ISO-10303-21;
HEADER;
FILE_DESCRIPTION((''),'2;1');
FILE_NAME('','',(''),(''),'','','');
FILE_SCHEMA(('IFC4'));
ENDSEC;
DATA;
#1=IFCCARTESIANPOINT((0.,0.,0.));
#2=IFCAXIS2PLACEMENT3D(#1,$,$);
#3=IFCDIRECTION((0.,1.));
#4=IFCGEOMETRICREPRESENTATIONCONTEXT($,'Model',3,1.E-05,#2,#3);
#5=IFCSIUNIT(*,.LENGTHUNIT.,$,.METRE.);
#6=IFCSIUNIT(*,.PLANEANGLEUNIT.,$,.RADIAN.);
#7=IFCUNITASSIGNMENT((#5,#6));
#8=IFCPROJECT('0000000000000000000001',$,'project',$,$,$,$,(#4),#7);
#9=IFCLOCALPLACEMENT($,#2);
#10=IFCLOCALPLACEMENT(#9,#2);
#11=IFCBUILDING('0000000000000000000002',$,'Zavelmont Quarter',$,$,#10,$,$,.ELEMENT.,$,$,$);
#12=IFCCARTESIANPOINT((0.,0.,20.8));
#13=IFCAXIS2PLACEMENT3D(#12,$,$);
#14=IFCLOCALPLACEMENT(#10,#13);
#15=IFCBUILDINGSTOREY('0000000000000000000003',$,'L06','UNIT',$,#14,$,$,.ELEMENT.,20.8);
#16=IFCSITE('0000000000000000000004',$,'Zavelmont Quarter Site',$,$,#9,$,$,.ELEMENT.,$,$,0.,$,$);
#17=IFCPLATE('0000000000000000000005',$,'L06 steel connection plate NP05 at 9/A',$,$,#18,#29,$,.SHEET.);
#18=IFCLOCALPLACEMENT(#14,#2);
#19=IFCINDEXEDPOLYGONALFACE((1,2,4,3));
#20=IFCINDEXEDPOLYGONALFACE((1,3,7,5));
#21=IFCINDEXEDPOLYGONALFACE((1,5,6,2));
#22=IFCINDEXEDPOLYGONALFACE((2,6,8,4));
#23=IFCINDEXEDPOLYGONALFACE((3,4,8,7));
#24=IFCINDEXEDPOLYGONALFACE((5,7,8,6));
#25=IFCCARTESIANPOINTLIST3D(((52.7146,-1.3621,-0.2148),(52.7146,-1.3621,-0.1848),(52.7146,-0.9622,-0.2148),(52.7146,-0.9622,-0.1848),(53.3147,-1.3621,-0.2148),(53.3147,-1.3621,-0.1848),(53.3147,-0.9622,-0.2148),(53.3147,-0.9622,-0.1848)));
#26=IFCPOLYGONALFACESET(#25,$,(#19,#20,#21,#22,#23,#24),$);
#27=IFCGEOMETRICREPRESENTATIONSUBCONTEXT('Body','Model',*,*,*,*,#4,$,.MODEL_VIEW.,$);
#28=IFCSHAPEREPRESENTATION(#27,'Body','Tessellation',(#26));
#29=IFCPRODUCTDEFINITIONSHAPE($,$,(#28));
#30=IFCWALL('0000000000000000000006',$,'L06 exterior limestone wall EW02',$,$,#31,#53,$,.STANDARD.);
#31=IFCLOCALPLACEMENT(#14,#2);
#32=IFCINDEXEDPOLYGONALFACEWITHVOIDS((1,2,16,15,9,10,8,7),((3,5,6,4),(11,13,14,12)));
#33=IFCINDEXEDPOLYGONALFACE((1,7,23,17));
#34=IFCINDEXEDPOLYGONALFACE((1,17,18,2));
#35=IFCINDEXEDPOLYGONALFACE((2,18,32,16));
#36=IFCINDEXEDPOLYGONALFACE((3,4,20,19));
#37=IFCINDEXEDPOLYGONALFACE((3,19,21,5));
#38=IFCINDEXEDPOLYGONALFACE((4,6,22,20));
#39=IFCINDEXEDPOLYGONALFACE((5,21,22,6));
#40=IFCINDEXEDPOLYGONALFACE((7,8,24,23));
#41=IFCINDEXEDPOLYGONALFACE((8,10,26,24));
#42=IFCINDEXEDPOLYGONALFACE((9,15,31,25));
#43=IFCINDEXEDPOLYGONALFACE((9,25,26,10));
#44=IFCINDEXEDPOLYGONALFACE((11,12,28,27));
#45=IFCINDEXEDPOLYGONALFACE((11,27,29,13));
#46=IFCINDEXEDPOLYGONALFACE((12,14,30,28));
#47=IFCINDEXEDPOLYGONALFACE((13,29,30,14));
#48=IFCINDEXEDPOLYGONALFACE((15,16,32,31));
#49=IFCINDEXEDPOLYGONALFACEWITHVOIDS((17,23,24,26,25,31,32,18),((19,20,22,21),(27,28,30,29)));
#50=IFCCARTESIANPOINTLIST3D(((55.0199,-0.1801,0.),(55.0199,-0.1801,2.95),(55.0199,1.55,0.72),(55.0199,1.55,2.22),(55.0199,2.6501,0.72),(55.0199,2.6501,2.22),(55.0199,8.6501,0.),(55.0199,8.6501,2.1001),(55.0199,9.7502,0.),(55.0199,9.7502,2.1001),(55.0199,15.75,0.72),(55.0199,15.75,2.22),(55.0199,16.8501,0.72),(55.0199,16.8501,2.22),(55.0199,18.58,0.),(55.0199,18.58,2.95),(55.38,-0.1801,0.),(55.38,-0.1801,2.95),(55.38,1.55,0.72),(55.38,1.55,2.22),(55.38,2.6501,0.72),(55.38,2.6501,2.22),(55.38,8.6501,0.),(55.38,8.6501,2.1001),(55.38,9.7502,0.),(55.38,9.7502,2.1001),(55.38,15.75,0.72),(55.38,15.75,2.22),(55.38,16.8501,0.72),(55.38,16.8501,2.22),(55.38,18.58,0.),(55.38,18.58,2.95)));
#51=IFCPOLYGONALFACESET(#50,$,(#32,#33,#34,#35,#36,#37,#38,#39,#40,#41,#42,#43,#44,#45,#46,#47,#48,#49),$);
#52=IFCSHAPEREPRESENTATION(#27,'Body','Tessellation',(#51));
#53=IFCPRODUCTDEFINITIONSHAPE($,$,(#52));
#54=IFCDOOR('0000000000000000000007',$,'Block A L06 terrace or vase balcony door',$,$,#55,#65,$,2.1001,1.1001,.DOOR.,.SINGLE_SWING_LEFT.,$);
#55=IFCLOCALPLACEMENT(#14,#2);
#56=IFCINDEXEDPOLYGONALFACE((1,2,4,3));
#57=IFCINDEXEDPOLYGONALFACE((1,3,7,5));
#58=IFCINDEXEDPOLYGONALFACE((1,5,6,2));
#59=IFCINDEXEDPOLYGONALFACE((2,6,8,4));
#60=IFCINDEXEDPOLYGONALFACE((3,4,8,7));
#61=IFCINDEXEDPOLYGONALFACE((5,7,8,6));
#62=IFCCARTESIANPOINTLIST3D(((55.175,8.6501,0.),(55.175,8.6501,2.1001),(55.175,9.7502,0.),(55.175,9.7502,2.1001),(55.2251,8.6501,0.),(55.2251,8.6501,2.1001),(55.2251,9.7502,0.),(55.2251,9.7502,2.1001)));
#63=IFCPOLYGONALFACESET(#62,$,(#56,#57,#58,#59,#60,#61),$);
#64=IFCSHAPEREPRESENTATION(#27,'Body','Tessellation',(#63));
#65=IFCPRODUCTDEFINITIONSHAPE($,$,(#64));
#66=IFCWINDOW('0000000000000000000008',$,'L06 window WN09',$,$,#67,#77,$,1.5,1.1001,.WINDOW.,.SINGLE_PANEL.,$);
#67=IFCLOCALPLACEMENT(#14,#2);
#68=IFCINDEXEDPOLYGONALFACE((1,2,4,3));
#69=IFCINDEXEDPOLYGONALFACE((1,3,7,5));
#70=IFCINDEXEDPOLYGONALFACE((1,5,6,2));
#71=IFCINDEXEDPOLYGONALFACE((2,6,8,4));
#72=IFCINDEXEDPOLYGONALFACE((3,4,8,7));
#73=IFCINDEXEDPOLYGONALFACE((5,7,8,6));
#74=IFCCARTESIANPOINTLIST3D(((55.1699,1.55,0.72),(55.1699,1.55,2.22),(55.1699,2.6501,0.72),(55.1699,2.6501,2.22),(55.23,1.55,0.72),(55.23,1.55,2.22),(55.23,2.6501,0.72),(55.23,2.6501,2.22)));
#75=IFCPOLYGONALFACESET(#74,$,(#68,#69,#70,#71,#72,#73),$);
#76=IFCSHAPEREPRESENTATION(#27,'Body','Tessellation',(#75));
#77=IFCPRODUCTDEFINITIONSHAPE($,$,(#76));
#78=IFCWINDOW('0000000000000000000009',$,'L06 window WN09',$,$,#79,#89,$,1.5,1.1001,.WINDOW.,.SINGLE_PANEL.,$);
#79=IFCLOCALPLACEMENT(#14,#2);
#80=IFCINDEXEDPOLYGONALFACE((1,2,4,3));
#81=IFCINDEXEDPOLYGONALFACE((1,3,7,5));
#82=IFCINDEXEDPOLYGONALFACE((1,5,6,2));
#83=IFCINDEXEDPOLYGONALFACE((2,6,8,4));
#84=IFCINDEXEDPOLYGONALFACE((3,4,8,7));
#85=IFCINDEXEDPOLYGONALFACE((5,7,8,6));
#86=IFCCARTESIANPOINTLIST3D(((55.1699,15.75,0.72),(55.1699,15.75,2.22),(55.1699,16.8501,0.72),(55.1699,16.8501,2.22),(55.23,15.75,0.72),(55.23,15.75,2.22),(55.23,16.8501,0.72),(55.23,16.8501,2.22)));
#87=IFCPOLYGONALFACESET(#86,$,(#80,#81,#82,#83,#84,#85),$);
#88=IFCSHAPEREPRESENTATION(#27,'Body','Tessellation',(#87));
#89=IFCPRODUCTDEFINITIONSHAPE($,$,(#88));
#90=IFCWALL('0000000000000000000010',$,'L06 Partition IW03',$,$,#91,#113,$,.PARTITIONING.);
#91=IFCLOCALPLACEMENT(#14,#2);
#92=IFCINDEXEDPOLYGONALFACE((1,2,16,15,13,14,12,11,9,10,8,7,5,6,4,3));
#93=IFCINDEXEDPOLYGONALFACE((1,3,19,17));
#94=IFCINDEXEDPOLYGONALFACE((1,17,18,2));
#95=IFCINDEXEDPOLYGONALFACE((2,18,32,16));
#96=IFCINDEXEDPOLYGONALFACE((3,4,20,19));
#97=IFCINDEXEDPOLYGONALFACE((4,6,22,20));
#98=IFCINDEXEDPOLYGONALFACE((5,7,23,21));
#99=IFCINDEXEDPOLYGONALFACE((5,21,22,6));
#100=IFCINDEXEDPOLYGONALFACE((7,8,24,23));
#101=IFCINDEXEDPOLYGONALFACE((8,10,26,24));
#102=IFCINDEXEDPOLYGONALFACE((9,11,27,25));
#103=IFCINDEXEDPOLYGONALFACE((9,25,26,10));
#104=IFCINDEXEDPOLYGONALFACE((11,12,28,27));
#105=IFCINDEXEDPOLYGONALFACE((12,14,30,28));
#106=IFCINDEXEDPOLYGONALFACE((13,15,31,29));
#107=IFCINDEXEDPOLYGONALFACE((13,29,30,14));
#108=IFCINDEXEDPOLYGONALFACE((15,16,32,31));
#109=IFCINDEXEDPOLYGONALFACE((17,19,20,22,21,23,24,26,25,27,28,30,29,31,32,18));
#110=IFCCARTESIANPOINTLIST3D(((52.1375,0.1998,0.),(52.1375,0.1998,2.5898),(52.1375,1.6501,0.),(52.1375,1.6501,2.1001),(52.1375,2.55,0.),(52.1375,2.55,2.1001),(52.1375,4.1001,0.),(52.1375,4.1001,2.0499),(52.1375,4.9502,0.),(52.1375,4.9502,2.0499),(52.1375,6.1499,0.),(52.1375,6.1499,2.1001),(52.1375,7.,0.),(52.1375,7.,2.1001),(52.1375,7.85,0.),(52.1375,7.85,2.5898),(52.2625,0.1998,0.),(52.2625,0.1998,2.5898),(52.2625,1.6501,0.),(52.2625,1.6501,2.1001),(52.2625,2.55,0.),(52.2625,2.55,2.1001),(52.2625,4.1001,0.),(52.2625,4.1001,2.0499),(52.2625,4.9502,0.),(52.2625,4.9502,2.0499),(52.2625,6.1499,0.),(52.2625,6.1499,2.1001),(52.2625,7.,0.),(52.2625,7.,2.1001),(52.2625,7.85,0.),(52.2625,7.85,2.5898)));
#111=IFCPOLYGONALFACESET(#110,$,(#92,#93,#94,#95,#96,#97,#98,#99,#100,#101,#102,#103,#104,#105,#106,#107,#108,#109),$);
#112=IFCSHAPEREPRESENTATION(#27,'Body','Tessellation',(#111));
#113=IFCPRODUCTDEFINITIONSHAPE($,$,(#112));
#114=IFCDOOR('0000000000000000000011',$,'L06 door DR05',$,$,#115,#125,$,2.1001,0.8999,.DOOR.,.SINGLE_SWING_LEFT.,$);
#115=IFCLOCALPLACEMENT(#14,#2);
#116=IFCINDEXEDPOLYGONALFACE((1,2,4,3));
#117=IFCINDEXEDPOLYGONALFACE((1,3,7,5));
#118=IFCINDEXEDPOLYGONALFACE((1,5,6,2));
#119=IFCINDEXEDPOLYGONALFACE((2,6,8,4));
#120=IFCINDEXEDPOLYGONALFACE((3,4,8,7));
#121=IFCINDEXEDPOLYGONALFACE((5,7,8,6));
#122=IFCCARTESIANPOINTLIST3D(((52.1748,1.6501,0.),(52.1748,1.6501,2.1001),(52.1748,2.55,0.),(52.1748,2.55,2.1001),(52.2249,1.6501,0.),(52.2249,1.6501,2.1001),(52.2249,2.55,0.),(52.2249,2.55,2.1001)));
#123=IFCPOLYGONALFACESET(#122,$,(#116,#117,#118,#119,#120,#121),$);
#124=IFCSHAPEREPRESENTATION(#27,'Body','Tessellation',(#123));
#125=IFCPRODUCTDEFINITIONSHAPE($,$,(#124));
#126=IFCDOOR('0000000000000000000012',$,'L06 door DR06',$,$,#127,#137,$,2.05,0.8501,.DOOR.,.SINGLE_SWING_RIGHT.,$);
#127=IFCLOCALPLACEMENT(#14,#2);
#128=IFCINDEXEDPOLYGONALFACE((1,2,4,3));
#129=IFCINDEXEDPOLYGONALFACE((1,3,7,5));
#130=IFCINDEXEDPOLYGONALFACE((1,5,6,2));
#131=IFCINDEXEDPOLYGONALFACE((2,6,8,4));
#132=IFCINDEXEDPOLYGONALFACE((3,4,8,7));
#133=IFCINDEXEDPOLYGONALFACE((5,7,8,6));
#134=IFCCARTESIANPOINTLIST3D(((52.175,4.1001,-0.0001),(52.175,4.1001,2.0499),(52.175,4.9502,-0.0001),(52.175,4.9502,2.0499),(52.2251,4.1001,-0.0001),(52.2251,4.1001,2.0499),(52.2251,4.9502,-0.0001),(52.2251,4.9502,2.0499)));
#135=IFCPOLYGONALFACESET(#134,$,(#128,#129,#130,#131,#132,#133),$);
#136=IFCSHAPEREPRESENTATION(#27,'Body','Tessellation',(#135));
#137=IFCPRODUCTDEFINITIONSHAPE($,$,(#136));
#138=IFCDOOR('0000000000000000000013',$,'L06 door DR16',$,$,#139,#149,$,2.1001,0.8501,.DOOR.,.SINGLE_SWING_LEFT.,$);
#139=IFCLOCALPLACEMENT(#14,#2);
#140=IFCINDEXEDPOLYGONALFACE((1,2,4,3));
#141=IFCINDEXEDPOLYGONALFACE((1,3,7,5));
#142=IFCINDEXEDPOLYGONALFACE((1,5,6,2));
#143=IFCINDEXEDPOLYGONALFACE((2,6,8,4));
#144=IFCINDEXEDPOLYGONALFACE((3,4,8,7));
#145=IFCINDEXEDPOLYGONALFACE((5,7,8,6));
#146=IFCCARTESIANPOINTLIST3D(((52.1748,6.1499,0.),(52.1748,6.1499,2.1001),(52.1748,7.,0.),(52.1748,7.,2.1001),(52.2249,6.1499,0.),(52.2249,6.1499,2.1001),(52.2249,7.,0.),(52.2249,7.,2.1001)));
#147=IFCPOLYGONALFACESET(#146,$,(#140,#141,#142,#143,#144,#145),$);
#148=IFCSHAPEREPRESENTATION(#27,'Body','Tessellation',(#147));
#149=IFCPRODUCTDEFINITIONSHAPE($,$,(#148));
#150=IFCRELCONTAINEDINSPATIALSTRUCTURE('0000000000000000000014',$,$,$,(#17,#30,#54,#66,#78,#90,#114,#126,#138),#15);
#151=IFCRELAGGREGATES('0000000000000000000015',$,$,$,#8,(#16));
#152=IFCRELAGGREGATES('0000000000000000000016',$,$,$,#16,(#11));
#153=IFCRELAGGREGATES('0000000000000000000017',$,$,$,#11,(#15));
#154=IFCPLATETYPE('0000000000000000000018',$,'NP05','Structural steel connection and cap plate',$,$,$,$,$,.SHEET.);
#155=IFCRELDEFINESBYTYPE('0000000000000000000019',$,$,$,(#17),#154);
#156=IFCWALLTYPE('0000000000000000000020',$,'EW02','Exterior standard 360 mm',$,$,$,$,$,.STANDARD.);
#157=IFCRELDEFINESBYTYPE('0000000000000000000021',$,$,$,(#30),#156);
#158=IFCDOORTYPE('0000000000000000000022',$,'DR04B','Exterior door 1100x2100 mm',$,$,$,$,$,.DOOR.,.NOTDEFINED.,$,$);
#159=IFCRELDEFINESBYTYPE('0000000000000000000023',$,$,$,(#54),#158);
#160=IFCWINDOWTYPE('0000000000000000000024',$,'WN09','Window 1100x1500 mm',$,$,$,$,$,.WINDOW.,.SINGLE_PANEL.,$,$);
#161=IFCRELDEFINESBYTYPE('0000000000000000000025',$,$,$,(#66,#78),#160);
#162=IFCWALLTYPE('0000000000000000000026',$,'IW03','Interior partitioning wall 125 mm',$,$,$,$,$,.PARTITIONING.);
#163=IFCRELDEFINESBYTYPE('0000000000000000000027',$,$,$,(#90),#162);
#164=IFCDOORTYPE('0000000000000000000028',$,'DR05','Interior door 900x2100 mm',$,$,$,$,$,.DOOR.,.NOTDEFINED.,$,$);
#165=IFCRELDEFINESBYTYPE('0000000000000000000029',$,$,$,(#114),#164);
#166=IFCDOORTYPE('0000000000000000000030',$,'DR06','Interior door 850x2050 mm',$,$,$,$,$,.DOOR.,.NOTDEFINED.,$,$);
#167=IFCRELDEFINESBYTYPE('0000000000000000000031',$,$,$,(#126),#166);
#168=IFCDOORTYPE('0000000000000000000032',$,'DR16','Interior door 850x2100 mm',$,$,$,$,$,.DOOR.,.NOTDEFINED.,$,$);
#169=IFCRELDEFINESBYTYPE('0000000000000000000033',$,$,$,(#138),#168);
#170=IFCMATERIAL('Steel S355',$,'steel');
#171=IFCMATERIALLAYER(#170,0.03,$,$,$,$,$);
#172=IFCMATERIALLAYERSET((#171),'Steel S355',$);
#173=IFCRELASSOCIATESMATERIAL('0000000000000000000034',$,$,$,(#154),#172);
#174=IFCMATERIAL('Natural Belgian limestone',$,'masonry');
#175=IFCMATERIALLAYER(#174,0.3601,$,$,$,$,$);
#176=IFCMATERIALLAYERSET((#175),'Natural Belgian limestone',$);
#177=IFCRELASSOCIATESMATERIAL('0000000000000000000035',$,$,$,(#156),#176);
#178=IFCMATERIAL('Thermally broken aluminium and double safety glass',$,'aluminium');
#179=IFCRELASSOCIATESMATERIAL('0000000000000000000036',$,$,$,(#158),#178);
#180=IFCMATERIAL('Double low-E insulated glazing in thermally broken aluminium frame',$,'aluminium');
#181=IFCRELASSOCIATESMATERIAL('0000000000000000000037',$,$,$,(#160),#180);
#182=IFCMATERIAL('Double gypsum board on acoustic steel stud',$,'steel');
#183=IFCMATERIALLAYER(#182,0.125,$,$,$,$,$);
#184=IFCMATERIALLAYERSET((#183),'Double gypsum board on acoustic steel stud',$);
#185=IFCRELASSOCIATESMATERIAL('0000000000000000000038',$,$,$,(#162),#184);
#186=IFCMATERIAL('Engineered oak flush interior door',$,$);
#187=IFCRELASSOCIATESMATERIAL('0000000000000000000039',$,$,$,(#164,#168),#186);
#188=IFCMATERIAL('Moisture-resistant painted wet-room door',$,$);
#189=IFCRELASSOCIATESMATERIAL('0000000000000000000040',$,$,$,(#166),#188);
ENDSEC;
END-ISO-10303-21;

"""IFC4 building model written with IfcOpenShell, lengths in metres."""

from ifc_helpers import new_model, si_unit, direction, frame, frame_2d, origin, origin_with_axes, origin_2d, place, context, subcontext, project, spatial, rectangle, extrude, material, layer, layer_set, type_object, element, fill, save


model = new_model("IFC4")

# Units and contexts
model_context = context("Model", 3, precision=1e-05, world=origin(), true_north=direction((0.0, 1.0)))
body_context = subcontext(model_context, "Body", "Model", "MODEL_VIEW")
ifc_project = project(units=[si_unit("LENGTHUNIT", "METRE"), si_unit("PLANEANGLEUNIT", "RADIAN")], contexts=[model_context])

# Site, building, storey
site_placement = place(None, origin())
site = spatial("IfcSite", under=ifc_project, at=site_placement, Name="Zavelmont Quarter Site", CompositionType="ELEMENT", RefElevation=0.0)
building_placement = place(site_placement, origin())
building = spatial("IfcBuilding", under=site, at=building_placement, Name="Zavelmont Quarter", CompositionType="ELEMENT")
storey_placement = place(building_placement, frame((0.0, 0.0, 20.8)))
storey = spatial("IfcBuildingStorey", under=building, at=storey_placement, Name="L06", Description="UNIT", CompositionType="ELEMENT", Elevation=20.8)

# Shared definitions
ifc_material_1 = material(Name="Steel S355", Category="steel")

# Plate
ifc_layer_1 = layer(ifc_material_1, 0.03)
ifc_layer_set_1 = layer_set([ifc_layer_1], Name="Steel S355")
plate_type = type_object("IfcPlateType", Name="NP05", Description="Structural steel connection and cap plate", PredefinedType="SHEET", material=ifc_layer_set_1)
plate_placement = place(storey_placement, frame((53.0146, -1.1621, -0.2148), z_axis=(0.0, 0.0, 1.0), x_axis=(1.0, 0.0, 0.0)))
element("IfcPlate", 1, at=plate_placement, inside=storey, type_object=plate_type, Name="L06 steel connection plate NP05 at 9/A", PredefinedType="SHEET", context=body_context, shape_type="SweptSolid", body=[
    extrude(rectangle(XDim=0.6001, YDim=0.3999, at=origin_2d()), origin(), (0.0, 0.0, 1.0), 0.03),
])

# Wall, openings, door, windows
ifc_material_2 = material(Name="Natural Belgian limestone", Category="masonry")
ifc_layer_2 = layer(ifc_material_2, 0.3601)
ifc_layer_set_2 = layer_set([ifc_layer_2], Name="Natural Belgian limestone")
wall_type_1 = type_object("IfcWallType", Name="EW02", Description="Exterior standard 360 mm", PredefinedType="STANDARD", material=ifc_layer_set_2)
wall_1_placement = place(storey_placement, frame((55.2, -0.1799, 0.0), z_axis=(0.0, 0.0, 1.0), x_axis=(0.0, 1.0, 0.0)))
wall_1 = element("IfcWall", 2, at=wall_1_placement, inside=storey, type_object=wall_type_1, Name="L06 exterior limestone wall EW02", PredefinedType="STANDARD", context=body_context, shape_type="SweptSolid", body=[
    extrude(rectangle(XDim=18.76, YDim=0.3601, at=frame_2d((9.3799, 0.0))), origin(), (0.0, 0.0, 1.0), 2.95),
])
opening_1_placement = place(wall_1_placement, frame((8.8301, 0.0, 0.0)))
opening_1 = element("IfcOpeningElement", 3, at=opening_1_placement, cuts=wall_1, PredefinedType="OPENING", context=body_context, shape_type="SweptSolid", body=[
    extrude(rectangle(XDim=1.1001, YDim=2.1001, at=frame_2d((0.55, 1.05))), frame((0.0, 0.1919, 0.0), z_axis=(0.0, -1.0, 0.0), x_axis=(1.0, 0.0, 0.0)), (0.0, 0.0, 1.0), 0.384),
])
opening_2_placement = place(wall_1_placement, frame((1.73, 0.0, 0.72)))
opening_2 = element("IfcOpeningElement", 4, at=opening_2_placement, cuts=wall_1, PredefinedType="OPENING", context=body_context, shape_type="SweptSolid", body=[
    extrude(rectangle(XDim=1.1001, YDim=1.5, at=frame_2d((0.55, 0.75))), frame((0.0, 0.1919, 0.0), z_axis=(0.0, -1.0, 0.0), x_axis=(1.0, 0.0, 0.0)), (0.0, 0.0, 1.0), 0.384),
])
opening_3_placement = place(wall_1_placement, frame((15.9299, 0.0, 0.72)))
opening_3 = element("IfcOpeningElement", 5, at=opening_3_placement, cuts=wall_1, PredefinedType="OPENING", context=body_context, shape_type="SweptSolid", body=[
    extrude(rectangle(XDim=1.1001, YDim=1.5, at=frame_2d((0.55, 0.75))), frame((0.0, 0.1919, 0.0), z_axis=(0.0, -1.0, 0.0), x_axis=(1.0, 0.0, 0.0)), (0.0, 0.0, 1.0), 0.384),
])
ifc_material_3 = material(Name="Thermally broken aluminium and double safety glass", Category="aluminium")
door_type_1 = type_object("IfcDoorType", Name="DR04B", Description="Exterior door 1100x2100 mm", OperationType="NOTDEFINED", PredefinedType="DOOR", material=ifc_material_3)
door_1_placement = place(opening_1_placement, origin_with_axes())
door_1 = element("IfcDoor", 6, at=door_1_placement, inside=storey, type_object=door_type_1, Name="Block A L06 terrace or vase balcony door", OperationType="SINGLE_SWING_LEFT", OverallHeight=2.1001, OverallWidth=1.1001, PredefinedType="DOOR", context=body_context, shape_type="SweptSolid", body=[
    extrude(rectangle(XDim=1.1001, YDim=2.1001, at=frame_2d((0.55, 1.05))), frame((0.0, 0.0249, 0.0), z_axis=(0.0, -1.0, 0.0), x_axis=(1.0, 0.0, 0.0)), (0.0, 0.0, 1.0), 0.05),
])
fill(opening_1, door_1)
ifc_material_4 = material(Name="Double low-E insulated glazing in thermally broken aluminium frame", Category="aluminium")
window_type = type_object("IfcWindowType", Name="WN09", Description="Window 1100x1500 mm", PartitioningType="SINGLE_PANEL", PredefinedType="WINDOW", material=ifc_material_4)
window_1_placement = place(opening_2_placement, origin_with_axes())
window_1 = element("IfcWindow", 7, at=window_1_placement, inside=storey, type_object=window_type, Name="L06 window WN09", OverallHeight=1.5, OverallWidth=1.1001, PartitioningType="SINGLE_PANEL", PredefinedType="WINDOW", context=body_context, shape_type="SweptSolid", body=[
    extrude(rectangle(XDim=1.1001, YDim=1.5, at=frame_2d((0.55, 0.75))), frame((0.0, 0.03, 0.0), z_axis=(0.0, -1.0, 0.0), x_axis=(1.0, 0.0, 0.0)), (0.0, 0.0, 1.0), 0.0601),
])
fill(opening_2, window_1)
window_2_placement = place(opening_3_placement, origin_with_axes())
window_2 = element("IfcWindow", 8, at=window_2_placement, inside=storey, type_object=window_type, Name="L06 window WN09", OverallHeight=1.5, OverallWidth=1.1001, PartitioningType="SINGLE_PANEL", PredefinedType="WINDOW", context=body_context, shape_type="SweptSolid", body=[
    extrude(rectangle(XDim=1.1001, YDim=1.5, at=frame_2d((0.55, 0.75))), frame((0.0, 0.03, 0.0), z_axis=(0.0, -1.0, 0.0), x_axis=(1.0, 0.0, 0.0)), (0.0, 0.0, 1.0), 0.0601),
])
fill(opening_3, window_2)

# Wall, openings, doors
ifc_material_5 = material(Name="Double gypsum board on acoustic steel stud", Category="steel")
ifc_layer_3 = layer(ifc_material_5, 0.125)
ifc_layer_set_3 = layer_set([ifc_layer_3], Name="Double gypsum board on acoustic steel stud")
wall_type_2 = type_object("IfcWallType", Name="IW03", Description="Interior partitioning wall 125 mm", PredefinedType="PARTITIONING", material=ifc_layer_set_3)
wall_2_placement = place(storey_placement, frame((52.2, 7.8501, 0.0), z_axis=(0.0, 0.0, 1.0), x_axis=(0.0, -1.0, 0.0)))
wall_2 = element("IfcWall", 9, at=wall_2_placement, inside=storey, type_object=wall_type_2, Name="L06 Partition IW03", PredefinedType="PARTITIONING", context=body_context, shape_type="SweptSolid", body=[
    extrude(rectangle(XDim=7.6501, YDim=0.125, at=frame_2d((3.8252, 0.0))), origin(), (0.0, 0.0, 1.0), 2.5898),
])
opening_4_placement = place(wall_2_placement, frame((0.8501, 0.0, 0.0)))
opening_4 = element("IfcOpeningElement", 10, at=opening_4_placement, cuts=wall_2, PredefinedType="OPENING", context=body_context, shape_type="SweptSolid", body=[
    extrude(rectangle(XDim=0.8501, YDim=2.1001, at=frame_2d((0.425, 1.05))), frame((0.0, 0.0745, 0.0), z_axis=(0.0, -1.0, 0.0), x_axis=(1.0, 0.0, 0.0)), (0.0, 0.0, 1.0), 0.1489),
])
opening_5_placement = place(wall_2_placement, frame((2.8999, 0.0, 0.0)))
opening_5 = element("IfcOpeningElement", 11, at=opening_5_placement, cuts=wall_2, PredefinedType="OPENING", context=body_context, shape_type="SweptSolid", body=[
    extrude(rectangle(XDim=0.8501, YDim=2.05, at=frame_2d((0.425, 1.0249))), frame((0.0, 0.0745, 0.0), z_axis=(0.0, -1.0, 0.0), x_axis=(1.0, 0.0, 0.0)), (0.0, 0.0, 1.0), 0.1489),
])
opening_6_placement = place(wall_2_placement, frame((5.3, 0.0, 0.0)))
opening_6 = element("IfcOpeningElement", 12, at=opening_6_placement, cuts=wall_2, PredefinedType="OPENING", context=body_context, shape_type="SweptSolid", body=[
    extrude(rectangle(XDim=0.8999, YDim=2.1001, at=frame_2d((0.45, 1.05))), frame((0.0, 0.0745, 0.0), z_axis=(0.0, -1.0, 0.0), x_axis=(1.0, 0.0, 0.0)), (0.0, 0.0, 1.0), 0.1489),
])
ifc_material_6 = material(Name="Engineered oak flush interior door")
door_type_2 = type_object("IfcDoorType", Name="DR05", Description="Interior door 900x2100 mm", OperationType="NOTDEFINED", PredefinedType="DOOR", material=ifc_material_6)
door_2_placement = place(opening_6_placement, origin_with_axes())
door_2 = element("IfcDoor", 13, at=door_2_placement, inside=storey, type_object=door_type_2, Name="L06 door DR05", OperationType="SINGLE_SWING_LEFT", OverallHeight=2.1001, OverallWidth=0.8999, PredefinedType="DOOR", context=body_context, shape_type="SweptSolid", body=[
    extrude(rectangle(XDim=0.8999, YDim=2.1001, at=frame_2d((0.45, 1.05))), frame((0.0, 0.0249, 0.0), z_axis=(0.0, -1.0, 0.0), x_axis=(1.0, 0.0, 0.0)), (0.0, 0.0, 1.0), 0.05),
])
fill(opening_6, door_2)
ifc_material_7 = material(Name="Moisture-resistant painted wet-room door")
door_type_3 = type_object("IfcDoorType", Name="DR06", Description="Interior door 850x2050 mm", OperationType="NOTDEFINED", PredefinedType="DOOR", material=ifc_material_7)
door_3_placement = place(opening_5_placement, frame((0.8501, 0.0, 0.0), z_axis=(0.0, 0.0, 1.0), x_axis=(-1.0, 0.0, 0.0)))
door_3 = element("IfcDoor", 14, at=door_3_placement, inside=storey, type_object=door_type_3, Name="L06 door DR06", OperationType="SINGLE_SWING_RIGHT", OverallHeight=2.05, OverallWidth=0.8501, PredefinedType="DOOR", context=body_context, shape_type="SweptSolid", body=[
    extrude(rectangle(XDim=0.8501, YDim=2.05, at=frame_2d((0.425, 1.0249))), frame((0.0, 0.0249, 0.0), z_axis=(0.0, -1.0, 0.0), x_axis=(1.0, 0.0, 0.0)), (0.0, 0.0, 1.0), 0.05),
])
fill(opening_5, door_3)
door_type_4 = type_object("IfcDoorType", Name="DR16", Description="Interior door 850x2100 mm", OperationType="NOTDEFINED", PredefinedType="DOOR", material=ifc_material_6)
door_4_placement = place(opening_4_placement, origin_with_axes())
door_4 = element("IfcDoor", 15, at=door_4_placement, inside=storey, type_object=door_type_4, Name="L06 door DR16", OperationType="SINGLE_SWING_LEFT", OverallHeight=2.1001, OverallWidth=0.8501, PredefinedType="DOOR", context=body_context, shape_type="SweptSolid", body=[
    extrude(rectangle(XDim=0.8501, YDim=2.1001, at=frame_2d((0.425, 1.05))), frame((0.0, 0.0249, 0.0), z_axis=(0.0, -1.0, 0.0), x_axis=(1.0, 0.0, 0.0)), (0.0, 0.0, 1.0), 0.05),
])
fill(opening_4, door_4)

save(model, "model.ifc")
